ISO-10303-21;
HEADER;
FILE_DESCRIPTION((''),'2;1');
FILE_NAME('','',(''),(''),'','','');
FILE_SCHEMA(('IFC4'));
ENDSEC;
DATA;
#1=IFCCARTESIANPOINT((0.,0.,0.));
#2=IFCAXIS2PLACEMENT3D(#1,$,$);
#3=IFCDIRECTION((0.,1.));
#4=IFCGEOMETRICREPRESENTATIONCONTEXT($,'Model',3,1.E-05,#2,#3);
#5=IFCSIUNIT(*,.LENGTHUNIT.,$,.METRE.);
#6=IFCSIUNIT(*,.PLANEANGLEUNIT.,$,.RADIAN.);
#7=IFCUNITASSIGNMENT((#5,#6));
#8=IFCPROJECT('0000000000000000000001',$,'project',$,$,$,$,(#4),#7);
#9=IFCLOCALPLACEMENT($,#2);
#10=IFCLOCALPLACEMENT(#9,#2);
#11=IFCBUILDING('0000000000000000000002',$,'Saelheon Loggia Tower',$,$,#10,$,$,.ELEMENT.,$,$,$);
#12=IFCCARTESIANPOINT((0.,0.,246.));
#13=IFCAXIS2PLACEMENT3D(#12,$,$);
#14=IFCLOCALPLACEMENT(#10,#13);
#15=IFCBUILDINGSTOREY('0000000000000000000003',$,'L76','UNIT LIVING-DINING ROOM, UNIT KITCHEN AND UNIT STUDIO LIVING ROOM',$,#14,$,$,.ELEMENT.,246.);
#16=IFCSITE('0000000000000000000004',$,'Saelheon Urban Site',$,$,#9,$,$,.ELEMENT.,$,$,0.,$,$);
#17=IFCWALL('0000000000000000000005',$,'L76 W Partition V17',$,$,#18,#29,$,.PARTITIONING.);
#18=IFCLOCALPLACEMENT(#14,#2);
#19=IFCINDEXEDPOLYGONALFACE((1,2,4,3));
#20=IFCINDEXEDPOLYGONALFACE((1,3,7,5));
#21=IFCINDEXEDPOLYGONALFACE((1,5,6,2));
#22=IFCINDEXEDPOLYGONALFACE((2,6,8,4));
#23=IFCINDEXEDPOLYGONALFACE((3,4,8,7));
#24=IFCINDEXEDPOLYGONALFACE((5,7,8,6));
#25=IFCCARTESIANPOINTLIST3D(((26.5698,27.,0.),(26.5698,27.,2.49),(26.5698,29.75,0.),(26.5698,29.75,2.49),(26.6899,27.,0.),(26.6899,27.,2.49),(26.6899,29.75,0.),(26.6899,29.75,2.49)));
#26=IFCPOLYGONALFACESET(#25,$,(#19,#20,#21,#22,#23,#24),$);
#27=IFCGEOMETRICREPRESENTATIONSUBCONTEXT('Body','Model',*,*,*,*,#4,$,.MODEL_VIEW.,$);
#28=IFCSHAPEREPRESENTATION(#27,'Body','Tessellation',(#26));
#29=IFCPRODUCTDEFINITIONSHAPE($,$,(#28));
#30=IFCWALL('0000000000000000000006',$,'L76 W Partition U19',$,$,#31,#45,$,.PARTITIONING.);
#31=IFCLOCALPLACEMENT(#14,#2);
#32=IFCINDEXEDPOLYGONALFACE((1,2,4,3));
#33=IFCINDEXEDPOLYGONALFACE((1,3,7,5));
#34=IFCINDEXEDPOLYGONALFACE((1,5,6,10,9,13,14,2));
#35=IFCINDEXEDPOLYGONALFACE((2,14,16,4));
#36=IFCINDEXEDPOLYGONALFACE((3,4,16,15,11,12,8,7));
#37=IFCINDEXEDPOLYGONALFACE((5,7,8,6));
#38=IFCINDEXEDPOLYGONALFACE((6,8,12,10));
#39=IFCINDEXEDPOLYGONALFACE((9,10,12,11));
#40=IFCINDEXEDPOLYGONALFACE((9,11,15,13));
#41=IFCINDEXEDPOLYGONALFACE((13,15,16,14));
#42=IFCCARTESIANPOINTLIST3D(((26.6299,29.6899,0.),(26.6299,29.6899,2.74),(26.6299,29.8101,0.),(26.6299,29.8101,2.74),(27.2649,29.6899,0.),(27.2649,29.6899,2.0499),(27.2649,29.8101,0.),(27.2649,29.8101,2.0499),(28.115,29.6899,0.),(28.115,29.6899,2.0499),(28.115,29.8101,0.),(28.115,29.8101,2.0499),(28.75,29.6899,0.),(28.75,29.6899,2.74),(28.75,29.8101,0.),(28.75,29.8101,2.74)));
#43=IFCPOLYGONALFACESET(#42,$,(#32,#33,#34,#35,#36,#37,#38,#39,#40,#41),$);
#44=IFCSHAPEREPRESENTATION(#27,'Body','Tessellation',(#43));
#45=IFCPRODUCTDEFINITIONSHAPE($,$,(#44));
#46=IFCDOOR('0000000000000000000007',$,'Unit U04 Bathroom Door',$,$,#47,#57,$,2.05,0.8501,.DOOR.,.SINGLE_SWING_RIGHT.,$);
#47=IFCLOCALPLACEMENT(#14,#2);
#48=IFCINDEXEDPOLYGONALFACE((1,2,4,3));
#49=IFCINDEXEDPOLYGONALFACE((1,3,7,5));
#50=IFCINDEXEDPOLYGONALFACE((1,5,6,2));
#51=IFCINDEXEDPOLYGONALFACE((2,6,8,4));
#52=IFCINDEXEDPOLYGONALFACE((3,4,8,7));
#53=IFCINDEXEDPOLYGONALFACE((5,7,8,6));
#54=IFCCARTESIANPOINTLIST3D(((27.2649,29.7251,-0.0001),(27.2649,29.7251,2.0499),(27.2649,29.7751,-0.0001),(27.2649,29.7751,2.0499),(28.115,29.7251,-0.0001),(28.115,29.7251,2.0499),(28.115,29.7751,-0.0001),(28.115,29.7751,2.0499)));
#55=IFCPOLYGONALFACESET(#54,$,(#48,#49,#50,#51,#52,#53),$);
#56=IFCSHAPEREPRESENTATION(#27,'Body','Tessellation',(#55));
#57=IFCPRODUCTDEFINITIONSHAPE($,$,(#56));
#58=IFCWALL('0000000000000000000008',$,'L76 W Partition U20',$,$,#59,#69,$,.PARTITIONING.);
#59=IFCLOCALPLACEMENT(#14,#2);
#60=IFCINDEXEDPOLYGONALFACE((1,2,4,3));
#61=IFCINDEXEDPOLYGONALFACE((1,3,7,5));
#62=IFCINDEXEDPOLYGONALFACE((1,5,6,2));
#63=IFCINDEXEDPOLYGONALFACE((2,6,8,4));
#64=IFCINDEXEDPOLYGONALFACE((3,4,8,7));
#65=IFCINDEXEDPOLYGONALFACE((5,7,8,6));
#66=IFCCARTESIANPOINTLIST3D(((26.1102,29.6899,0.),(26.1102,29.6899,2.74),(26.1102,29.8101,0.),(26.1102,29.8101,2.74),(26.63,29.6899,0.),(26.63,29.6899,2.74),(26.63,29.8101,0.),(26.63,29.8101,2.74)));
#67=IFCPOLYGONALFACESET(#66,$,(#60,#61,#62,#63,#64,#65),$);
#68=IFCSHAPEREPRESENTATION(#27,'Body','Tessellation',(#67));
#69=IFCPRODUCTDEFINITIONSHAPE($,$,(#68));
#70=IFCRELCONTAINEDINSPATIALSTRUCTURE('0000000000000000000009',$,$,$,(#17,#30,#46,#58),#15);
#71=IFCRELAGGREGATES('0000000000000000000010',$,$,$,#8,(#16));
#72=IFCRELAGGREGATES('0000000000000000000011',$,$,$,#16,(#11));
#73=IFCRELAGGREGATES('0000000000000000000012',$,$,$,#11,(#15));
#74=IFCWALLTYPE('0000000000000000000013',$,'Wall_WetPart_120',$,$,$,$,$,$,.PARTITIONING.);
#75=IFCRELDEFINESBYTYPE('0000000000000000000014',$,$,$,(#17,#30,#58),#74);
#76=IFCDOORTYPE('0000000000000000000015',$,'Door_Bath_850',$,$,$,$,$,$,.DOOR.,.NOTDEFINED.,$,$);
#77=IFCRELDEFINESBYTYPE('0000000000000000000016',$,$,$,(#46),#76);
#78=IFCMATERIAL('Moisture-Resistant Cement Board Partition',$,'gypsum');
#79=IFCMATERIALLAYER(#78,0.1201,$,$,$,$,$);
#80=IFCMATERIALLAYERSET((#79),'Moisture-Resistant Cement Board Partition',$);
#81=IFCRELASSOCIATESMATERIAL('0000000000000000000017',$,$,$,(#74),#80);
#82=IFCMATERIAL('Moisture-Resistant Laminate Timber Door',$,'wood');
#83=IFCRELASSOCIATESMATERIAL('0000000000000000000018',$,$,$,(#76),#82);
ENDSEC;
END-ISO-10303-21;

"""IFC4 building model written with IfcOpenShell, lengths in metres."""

from ifc_helpers import new_model, si_unit, direction, frame, frame_2d, origin, place, context, subcontext, project, spatial, rectangle, extrude, source, transform, mapped, material, layer, layer_set, type_object, element, fill, save


model = new_model("IFC4")

# Units and contexts
model_context = context("Model", 3, precision=1e-05, world=origin(), true_north=direction((0.0, 1.0)))
body_context = subcontext(model_context, "Body", "Model", "MODEL_VIEW")
ifc_project = project(units=[si_unit("LENGTHUNIT", "METRE"), si_unit("PLANEANGLEUNIT", "RADIAN")], contexts=[model_context])

# Site, building, storey
site_placement = place(None, origin())
site = spatial("IfcSite", under=ifc_project, at=site_placement, Name="Saelheon Urban Site", CompositionType="ELEMENT", RefElevation=0.0)
building_placement = place(site_placement, origin())
building = spatial("IfcBuilding", under=site, at=building_placement, Name="Saelheon Loggia Tower", CompositionType="ELEMENT")
storey_placement = place(building_placement, frame((0.0, 0.0, 246.0)))
storey = spatial("IfcBuildingStorey", under=building, at=storey_placement, Name="L76", Description="UNIT LIVING-DINING ROOM, UNIT KITCHEN AND UNIT STUDIO LIVING ROOM", CompositionType="ELEMENT", Elevation=246.0)

# Wall
ifc_material_1 = material(Name="Moisture-Resistant Cement Board Partition", Category="gypsum")
ifc_layer_1 = layer(ifc_material_1, 0.1201)
ifc_layer_set_1 = layer_set([ifc_layer_1], Name="Moisture-Resistant Cement Board Partition")
wall_type_1 = type_object("IfcWallType", Name="Wall_WetPart_120", PredefinedType="PARTITIONING", material=ifc_layer_set_1)
wall_1_placement = place(storey_placement, frame((26.6299, 27.0, 0.0), z_axis=(0.0, 0.0, 1.0), x_axis=(0.0, 1.0, 0.0)))
element("IfcWall", 1, at=wall_1_placement, inside=storey, type_object=wall_type_1, Name="L76 W Partition V17", PredefinedType="PARTITIONING", context=body_context, shape_type="SweptSolid", body=[
    extrude(rectangle(XDim=2.75, YDim=0.1201, at=frame_2d((1.375, 0.0))), origin(), (0.0, 0.0, 1.0), 2.49),
])

# Wall, opening, door
wall_2_placement = place(storey_placement, frame((28.75, 29.75, 0.0), z_axis=(0.0, 0.0, 1.0), x_axis=(-1.0, 0.0, 0.0)))
wall_2 = element("IfcWall", 2, at=wall_2_placement, inside=storey, type_object=wall_type_1, Name="L76 W Partition U19", PredefinedType="PARTITIONING", context=body_context, shape_type="SweptSolid", body=[
    extrude(rectangle(XDim=2.1201, YDim=0.1201, at=frame_2d((1.0601, 0.0))), origin(), (0.0, 0.0, 1.0), 2.74),
])
opening_1_placement = place(wall_2_placement, frame((0.635, 0.0, 0.0)))
opening_1 = element("IfcOpeningElement", 3, at=opening_1_placement, cuts=wall_2, PredefinedType="OPENING", context=body_context, shape_type="SweptSolid", body=[
    extrude(rectangle(XDim=0.8501, YDim=2.05, at=frame_2d((0.425, 1.0249))), frame((0.0, 0.072, 0.0), z_axis=(0.0, -1.0, 0.0), x_axis=(1.0, 0.0, 0.0)), (0.0, 0.0, 1.0), 0.144),
])
ifc_material_2 = material(Name="Moisture-Resistant Laminate Timber Door", Category="wood")
door_type_1 = type_object("IfcDoorType", Name="Door_Bath_850", OperationType="NOTDEFINED", PredefinedType="DOOR", material=ifc_material_2)
shared_shape_1 = source(origin(), body_context, "Body", "SweptSolid", [
    extrude(rectangle(XDim=0.8501, YDim=2.05, at=frame_2d((0.425, 1.0249))), frame((0.0, 0.0249, 0.0), z_axis=(0.0, -1.0, 0.0), x_axis=(1.0, 0.0, 0.0)), (0.0, 0.0, 1.0), 0.05),
])
door_1_placement = place(opening_1_placement, origin())
door_1 = element("IfcDoor", 4, at=door_1_placement, inside=storey, type_object=door_type_1, Name="Unit U04 Bathroom Door", OperationType="SINGLE_SWING_RIGHT", OverallHeight=2.05, OverallWidth=0.8501, PredefinedType="DOOR", context=body_context, shape_type="MappedRepresentation", body=[
    mapped(shared_shape_1, transform((0.0, 0.0, 0.0), scale=1.0)),
])
fill(opening_1, door_1)

# Wall
wall_3_placement = place(storey_placement, frame((26.6299, 29.75, 0.0), z_axis=(0.0, 0.0, 1.0), x_axis=(-1.0, 0.0, 0.0)))
element("IfcWall", 5, at=wall_3_placement, inside=storey, type_object=wall_type_1, Name="L76 W Partition U20", PredefinedType="PARTITIONING", context=body_context, shape_type="SweptSolid", body=[
    extrude(rectangle(XDim=0.5198, YDim=0.1201, at=frame_2d((0.2598, 0.0))), origin(), (0.0, 0.0, 1.0), 2.74),
])

save(model, "model.ifc")
